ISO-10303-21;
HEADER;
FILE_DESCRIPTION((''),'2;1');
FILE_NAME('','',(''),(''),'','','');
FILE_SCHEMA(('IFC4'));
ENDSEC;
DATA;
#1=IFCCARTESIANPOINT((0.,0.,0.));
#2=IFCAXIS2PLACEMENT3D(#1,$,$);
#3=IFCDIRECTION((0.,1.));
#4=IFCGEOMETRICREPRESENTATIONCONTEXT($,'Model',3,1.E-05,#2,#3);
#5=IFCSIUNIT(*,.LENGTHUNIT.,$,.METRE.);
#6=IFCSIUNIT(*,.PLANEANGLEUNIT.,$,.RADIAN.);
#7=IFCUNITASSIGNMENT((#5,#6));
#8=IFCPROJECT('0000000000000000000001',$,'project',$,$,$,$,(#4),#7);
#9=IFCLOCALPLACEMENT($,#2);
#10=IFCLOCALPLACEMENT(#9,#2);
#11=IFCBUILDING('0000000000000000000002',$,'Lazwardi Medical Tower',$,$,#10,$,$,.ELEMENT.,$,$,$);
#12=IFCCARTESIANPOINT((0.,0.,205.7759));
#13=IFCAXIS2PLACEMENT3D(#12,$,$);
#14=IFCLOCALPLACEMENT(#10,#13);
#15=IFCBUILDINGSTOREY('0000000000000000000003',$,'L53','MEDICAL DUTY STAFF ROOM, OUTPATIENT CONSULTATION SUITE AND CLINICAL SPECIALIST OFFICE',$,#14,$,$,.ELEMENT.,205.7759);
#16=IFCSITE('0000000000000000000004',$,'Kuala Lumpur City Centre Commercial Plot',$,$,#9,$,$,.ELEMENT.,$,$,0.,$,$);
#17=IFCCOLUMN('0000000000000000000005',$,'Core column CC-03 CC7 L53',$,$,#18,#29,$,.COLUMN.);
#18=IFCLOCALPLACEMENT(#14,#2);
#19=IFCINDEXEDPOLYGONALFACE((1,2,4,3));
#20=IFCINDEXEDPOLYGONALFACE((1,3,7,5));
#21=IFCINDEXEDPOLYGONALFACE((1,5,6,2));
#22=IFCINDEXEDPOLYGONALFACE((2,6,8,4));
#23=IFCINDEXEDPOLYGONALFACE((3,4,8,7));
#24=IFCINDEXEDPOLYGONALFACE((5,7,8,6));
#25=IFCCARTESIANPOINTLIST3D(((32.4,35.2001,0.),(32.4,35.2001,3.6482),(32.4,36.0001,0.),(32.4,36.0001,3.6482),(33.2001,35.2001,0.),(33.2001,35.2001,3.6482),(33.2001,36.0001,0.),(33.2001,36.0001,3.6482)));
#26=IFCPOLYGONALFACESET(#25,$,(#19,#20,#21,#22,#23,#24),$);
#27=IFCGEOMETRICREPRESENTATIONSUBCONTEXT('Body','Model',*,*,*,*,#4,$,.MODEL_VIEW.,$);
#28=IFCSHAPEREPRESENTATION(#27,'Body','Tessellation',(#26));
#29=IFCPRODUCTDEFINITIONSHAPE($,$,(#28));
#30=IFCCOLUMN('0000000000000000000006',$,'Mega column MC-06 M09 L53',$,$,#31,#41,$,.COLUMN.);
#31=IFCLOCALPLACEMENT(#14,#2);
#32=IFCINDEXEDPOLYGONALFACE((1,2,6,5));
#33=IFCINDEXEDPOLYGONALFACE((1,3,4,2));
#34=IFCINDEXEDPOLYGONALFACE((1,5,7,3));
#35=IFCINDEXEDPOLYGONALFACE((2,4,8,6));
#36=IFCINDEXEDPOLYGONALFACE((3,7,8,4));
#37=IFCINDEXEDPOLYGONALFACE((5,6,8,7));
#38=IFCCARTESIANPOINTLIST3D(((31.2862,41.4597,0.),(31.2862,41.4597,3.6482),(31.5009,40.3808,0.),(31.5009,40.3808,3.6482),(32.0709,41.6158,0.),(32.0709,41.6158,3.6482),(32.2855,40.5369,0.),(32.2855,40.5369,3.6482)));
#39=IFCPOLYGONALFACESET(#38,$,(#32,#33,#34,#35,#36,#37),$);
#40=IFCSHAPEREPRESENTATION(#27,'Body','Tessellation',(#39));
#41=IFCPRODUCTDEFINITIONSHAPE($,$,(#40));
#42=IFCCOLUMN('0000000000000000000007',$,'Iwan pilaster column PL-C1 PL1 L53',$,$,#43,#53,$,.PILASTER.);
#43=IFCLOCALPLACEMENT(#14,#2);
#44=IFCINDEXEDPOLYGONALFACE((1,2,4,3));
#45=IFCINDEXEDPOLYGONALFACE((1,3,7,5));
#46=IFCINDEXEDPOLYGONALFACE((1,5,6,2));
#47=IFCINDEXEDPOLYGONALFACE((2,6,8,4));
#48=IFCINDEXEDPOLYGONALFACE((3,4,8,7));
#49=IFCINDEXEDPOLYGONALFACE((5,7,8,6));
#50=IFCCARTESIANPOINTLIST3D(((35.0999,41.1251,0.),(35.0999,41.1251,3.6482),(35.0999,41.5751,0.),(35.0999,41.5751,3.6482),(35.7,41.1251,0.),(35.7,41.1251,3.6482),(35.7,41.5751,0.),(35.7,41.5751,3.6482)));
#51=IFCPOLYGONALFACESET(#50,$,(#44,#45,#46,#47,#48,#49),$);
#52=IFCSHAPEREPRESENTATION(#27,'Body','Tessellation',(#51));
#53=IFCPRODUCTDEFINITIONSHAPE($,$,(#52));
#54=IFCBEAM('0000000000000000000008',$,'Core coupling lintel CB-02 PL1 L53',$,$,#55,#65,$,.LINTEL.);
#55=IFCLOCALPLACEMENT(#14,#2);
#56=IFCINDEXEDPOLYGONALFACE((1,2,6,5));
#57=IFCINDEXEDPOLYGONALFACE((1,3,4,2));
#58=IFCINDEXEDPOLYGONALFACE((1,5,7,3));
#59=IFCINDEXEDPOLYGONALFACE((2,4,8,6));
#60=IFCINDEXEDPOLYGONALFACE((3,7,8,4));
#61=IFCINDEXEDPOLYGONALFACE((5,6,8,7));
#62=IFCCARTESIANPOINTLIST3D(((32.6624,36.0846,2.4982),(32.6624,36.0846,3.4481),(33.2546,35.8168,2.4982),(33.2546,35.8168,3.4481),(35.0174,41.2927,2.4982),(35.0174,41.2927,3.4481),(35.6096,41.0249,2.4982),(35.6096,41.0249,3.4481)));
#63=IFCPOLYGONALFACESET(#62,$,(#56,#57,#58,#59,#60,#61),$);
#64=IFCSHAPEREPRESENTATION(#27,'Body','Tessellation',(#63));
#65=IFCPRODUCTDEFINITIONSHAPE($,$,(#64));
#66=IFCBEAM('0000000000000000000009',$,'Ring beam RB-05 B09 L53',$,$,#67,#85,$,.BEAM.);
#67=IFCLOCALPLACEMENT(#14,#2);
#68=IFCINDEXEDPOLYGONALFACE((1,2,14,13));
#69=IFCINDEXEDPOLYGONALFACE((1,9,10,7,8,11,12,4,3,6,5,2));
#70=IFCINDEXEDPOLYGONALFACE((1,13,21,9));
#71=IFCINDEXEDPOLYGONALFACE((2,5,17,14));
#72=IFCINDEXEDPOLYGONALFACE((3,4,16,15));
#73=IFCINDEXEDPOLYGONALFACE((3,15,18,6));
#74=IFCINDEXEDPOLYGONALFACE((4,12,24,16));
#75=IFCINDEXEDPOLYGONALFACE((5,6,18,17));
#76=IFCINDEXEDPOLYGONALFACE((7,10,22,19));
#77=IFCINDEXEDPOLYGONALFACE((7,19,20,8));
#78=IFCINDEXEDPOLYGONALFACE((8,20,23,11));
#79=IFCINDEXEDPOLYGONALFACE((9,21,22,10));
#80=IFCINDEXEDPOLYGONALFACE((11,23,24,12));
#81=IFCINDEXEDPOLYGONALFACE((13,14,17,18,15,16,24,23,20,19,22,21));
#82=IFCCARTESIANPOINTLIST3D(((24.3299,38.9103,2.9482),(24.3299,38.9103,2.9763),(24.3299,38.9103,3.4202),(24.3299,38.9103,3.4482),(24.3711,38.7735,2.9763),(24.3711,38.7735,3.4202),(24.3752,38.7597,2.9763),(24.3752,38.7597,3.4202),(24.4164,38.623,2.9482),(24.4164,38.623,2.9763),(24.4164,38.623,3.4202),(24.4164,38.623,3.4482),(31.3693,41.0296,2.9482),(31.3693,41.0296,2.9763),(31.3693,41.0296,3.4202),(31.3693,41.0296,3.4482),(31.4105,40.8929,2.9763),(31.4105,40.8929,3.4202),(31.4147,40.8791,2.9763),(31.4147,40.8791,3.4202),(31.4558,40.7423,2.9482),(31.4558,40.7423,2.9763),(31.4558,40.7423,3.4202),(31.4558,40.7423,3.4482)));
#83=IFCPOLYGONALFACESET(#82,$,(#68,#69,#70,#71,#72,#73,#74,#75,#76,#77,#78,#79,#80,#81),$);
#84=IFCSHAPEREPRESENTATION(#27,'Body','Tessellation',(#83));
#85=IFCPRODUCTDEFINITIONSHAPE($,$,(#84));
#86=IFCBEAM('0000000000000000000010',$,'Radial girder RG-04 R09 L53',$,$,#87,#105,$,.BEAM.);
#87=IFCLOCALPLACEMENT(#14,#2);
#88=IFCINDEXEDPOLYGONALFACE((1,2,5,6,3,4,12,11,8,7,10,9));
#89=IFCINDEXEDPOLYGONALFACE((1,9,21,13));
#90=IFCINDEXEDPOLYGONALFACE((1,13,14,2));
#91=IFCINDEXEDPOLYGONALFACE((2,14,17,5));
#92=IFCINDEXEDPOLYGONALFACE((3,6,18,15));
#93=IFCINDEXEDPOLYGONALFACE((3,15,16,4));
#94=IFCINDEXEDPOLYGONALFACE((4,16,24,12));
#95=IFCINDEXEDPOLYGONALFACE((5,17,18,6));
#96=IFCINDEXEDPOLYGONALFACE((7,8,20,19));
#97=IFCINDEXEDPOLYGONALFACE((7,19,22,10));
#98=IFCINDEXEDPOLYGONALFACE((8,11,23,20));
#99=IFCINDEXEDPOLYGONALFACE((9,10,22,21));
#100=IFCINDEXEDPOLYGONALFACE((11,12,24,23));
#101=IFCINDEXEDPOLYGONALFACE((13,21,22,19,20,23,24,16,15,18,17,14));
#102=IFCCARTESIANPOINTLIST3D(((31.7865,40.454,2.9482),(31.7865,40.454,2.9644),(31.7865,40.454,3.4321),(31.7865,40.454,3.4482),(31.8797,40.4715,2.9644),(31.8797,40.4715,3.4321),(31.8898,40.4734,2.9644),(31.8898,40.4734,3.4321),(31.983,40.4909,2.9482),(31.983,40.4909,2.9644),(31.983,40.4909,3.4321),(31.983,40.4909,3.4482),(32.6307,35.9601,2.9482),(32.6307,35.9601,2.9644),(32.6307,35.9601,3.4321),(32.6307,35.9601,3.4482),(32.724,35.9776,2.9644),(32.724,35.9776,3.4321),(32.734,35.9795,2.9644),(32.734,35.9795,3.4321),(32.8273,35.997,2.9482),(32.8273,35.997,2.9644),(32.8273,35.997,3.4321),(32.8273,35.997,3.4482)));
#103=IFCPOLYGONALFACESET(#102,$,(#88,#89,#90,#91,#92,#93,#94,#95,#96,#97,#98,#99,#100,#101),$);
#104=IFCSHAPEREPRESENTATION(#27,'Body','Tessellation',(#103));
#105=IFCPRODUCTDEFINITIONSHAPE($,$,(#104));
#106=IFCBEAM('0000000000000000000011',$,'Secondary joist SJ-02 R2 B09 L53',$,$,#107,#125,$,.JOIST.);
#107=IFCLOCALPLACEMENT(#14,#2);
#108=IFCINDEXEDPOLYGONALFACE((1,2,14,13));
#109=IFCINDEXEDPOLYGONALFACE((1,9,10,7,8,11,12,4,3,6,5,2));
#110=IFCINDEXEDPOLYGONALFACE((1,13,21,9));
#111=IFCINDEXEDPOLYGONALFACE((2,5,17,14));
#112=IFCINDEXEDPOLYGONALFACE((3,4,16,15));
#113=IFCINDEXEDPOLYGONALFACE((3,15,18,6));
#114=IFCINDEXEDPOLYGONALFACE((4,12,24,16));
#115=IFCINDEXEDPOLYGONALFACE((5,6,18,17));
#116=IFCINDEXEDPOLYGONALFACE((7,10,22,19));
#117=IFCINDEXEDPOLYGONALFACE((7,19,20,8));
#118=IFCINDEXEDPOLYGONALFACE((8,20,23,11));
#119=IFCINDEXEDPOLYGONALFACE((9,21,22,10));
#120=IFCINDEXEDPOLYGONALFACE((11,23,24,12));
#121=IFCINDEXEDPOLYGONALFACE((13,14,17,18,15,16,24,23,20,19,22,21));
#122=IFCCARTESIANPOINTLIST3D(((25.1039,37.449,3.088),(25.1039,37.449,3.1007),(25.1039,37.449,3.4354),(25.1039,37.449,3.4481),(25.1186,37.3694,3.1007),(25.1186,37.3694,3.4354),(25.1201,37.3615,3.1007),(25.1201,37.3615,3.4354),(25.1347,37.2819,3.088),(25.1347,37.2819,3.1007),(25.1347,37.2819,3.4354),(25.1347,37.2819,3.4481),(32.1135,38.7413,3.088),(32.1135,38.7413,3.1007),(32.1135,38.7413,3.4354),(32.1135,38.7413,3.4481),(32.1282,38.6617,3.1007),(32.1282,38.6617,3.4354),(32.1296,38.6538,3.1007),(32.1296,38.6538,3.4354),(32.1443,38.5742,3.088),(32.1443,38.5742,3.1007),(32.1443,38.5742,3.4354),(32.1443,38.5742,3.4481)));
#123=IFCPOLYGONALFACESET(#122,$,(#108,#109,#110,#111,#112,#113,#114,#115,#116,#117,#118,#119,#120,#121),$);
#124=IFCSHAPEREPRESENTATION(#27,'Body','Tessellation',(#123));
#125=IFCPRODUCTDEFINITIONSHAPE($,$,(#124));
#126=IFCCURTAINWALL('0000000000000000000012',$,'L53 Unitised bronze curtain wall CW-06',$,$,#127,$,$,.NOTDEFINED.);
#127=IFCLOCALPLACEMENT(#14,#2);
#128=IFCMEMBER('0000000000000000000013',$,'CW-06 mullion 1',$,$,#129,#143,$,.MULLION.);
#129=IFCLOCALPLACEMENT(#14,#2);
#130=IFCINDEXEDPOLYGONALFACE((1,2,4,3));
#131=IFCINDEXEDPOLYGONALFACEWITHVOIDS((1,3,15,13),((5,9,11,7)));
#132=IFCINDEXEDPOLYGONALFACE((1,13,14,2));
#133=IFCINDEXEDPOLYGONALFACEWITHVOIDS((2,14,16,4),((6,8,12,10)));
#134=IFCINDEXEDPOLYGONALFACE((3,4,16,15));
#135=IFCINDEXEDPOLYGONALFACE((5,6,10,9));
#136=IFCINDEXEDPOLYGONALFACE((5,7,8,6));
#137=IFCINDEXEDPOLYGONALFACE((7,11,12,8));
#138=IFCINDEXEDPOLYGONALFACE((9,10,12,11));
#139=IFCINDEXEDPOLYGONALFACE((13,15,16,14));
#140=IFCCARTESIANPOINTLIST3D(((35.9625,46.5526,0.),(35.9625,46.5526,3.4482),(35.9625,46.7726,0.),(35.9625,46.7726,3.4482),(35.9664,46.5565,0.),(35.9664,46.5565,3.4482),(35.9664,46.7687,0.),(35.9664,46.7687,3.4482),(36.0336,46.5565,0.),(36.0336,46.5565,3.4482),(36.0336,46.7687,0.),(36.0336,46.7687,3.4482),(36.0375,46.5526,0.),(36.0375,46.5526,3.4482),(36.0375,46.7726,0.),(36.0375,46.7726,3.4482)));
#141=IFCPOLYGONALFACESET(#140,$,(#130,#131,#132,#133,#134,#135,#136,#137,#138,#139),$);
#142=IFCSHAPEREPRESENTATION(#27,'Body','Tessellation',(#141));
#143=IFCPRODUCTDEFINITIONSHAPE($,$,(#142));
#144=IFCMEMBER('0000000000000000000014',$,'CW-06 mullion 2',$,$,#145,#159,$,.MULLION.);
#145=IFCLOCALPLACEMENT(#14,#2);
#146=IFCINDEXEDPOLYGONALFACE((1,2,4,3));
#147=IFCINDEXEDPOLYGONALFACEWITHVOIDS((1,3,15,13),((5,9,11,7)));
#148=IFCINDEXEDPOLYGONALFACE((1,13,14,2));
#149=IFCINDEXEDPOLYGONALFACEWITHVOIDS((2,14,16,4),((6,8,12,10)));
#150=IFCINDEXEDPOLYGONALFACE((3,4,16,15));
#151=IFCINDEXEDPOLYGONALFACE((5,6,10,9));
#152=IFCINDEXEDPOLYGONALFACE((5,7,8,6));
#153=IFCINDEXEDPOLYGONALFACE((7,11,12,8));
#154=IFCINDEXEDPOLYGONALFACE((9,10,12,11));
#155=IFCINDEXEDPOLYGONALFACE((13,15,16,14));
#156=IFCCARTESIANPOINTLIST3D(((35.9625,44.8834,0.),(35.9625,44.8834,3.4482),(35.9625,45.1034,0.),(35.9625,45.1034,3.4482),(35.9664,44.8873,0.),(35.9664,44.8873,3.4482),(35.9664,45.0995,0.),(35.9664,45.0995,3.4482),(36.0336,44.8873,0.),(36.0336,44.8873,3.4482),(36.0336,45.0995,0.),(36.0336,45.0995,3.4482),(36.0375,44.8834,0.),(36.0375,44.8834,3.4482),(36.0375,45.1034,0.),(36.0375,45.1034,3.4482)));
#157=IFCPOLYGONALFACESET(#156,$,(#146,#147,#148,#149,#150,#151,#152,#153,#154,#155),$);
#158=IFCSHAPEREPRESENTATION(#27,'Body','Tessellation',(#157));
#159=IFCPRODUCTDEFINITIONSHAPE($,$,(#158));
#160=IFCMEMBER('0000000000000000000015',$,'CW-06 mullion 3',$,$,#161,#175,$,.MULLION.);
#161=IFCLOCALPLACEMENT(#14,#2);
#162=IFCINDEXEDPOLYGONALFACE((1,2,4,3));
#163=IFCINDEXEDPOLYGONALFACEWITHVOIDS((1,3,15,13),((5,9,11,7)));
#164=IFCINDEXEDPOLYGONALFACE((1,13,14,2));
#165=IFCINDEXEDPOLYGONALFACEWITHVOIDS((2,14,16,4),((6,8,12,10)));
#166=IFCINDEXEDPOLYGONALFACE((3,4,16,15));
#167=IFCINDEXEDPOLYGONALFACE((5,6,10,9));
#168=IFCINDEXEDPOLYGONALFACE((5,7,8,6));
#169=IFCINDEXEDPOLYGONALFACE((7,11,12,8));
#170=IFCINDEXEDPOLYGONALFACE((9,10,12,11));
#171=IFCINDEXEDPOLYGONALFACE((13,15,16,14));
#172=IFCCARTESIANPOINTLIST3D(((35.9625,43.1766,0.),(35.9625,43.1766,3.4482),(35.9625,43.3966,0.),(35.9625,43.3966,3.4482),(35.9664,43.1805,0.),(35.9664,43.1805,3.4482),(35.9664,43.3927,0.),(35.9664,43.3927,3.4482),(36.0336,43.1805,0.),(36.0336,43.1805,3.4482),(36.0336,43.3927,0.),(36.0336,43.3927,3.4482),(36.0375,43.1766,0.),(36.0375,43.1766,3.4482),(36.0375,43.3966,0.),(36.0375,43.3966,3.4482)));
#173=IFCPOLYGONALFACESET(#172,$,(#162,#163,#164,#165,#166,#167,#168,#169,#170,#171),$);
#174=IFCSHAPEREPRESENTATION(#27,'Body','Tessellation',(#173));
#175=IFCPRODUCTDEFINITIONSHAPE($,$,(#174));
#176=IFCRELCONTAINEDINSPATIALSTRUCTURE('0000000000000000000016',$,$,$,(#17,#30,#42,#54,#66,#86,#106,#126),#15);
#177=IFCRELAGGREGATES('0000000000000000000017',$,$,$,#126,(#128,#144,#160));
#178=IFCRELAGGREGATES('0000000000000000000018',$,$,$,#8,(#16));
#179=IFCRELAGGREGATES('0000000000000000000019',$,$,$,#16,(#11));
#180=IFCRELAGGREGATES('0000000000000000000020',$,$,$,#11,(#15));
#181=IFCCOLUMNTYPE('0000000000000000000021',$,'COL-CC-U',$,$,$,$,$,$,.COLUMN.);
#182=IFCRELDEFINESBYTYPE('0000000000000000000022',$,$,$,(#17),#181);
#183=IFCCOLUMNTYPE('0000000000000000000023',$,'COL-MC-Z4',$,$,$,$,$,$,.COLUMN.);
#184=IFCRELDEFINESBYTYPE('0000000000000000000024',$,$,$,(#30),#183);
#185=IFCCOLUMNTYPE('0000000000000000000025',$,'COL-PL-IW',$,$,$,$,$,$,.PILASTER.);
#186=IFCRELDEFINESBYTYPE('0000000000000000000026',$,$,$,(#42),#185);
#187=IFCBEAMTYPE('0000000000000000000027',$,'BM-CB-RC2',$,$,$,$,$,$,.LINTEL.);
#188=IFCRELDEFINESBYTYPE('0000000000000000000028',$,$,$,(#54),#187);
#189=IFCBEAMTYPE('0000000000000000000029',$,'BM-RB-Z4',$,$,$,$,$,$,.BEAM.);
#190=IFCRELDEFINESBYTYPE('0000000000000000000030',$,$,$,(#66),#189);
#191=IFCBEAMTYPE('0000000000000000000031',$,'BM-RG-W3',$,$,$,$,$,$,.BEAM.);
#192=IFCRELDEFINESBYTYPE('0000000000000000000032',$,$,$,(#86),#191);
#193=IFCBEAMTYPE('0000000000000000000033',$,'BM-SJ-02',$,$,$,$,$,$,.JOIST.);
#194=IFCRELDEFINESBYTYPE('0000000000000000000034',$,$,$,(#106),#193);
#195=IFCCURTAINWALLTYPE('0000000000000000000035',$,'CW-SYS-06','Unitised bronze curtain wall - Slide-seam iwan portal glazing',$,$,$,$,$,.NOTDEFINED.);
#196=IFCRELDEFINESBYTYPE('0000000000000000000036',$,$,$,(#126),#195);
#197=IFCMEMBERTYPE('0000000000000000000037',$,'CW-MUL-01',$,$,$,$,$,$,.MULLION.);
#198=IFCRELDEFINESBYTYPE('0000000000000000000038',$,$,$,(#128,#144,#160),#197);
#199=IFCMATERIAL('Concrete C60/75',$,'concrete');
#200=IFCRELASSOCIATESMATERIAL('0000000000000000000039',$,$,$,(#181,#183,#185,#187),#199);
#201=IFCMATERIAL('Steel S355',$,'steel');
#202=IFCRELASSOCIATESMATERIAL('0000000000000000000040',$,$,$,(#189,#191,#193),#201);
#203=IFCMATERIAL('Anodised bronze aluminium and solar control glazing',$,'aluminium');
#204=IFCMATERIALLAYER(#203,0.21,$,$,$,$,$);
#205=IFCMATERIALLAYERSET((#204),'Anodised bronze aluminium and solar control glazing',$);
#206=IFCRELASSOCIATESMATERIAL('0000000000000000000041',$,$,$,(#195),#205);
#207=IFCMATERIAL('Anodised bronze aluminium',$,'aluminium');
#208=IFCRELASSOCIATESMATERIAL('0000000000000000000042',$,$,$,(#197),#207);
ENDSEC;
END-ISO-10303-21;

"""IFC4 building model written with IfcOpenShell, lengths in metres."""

from ifc_helpers import new_model, si_unit, direction, frame, origin, origin_2d, place, context, subcontext, project, spatial, rectangle, hollow_rectangle, i_section, extrude, material, layer, layer_set, material_profile, profile_set, type_object, element, aggregate, save


model = new_model("IFC4")

# Units and contexts
model_context = context("Model", 3, precision=1e-05, world=origin(), true_north=direction((0.0, 1.0)))
body_context = subcontext(model_context, "Body", "Model", "MODEL_VIEW")
ifc_project = project(units=[si_unit("LENGTHUNIT", "METRE"), si_unit("PLANEANGLEUNIT", "RADIAN")], contexts=[model_context])

# Site, building, storey
site_placement = place(None, origin())
site = spatial("IfcSite", under=ifc_project, at=site_placement, Name="Kuala Lumpur City Centre Commercial Plot", CompositionType="ELEMENT", RefElevation=0.0)
building_placement = place(site_placement, origin())
building = spatial("IfcBuilding", under=site, at=building_placement, Name="Lazwardi Medical Tower", CompositionType="ELEMENT")
storey_placement = place(building_placement, frame((0.0, 0.0, 205.7759)))
storey = spatial("IfcBuildingStorey", under=building, at=storey_placement, Name="L53", Description="MEDICAL DUTY STAFF ROOM, OUTPATIENT CONSULTATION SUITE AND CLINICAL SPECIALIST OFFICE", CompositionType="ELEMENT", Elevation=205.7759)

# Columns
ifc_material_1 = material(Name="Concrete C60/75", Category="concrete")
ifc_material_profile_1 = material_profile(ifc_material_1, rectangle(XDim=0.8, YDim=0.8, at=origin_2d()), Name="RC 800x800")
ifc_profile_set_1 = profile_set([ifc_material_profile_1], Name="Concrete C60/75")
column_type_1 = type_object("IfcColumnType", Name="COL-CC-U", PredefinedType="COLUMN", material=ifc_profile_set_1)
column_1_placement = place(storey_placement, frame((32.8, 35.6001, 0.0), z_axis=(0.0, 0.0, 1.0), x_axis=(1.0, 0.0, 0.0)))
element("IfcColumn", 1, at=column_1_placement, inside=storey, type_object=column_type_1, Name="Core column CC-03 CC7 L53", PredefinedType="COLUMN", context=body_context, shape_type="SweptSolid", body=[
    extrude(rectangle(XDim=0.8, YDim=0.8, at=origin_2d()), origin(), (0.0, 0.0, 1.0), 3.6482),
])
ifc_material_profile_2 = material_profile(ifc_material_1, rectangle(XDim=1.1001, YDim=0.8, at=origin_2d()), Name="CFT-RECT 1100x800")
ifc_profile_set_2 = profile_set([ifc_material_profile_2], Name="Concrete C60/75")
column_type_2 = type_object("IfcColumnType", Name="COL-MC-Z4", PredefinedType="COLUMN", material=ifc_profile_set_2)
column_2_placement = place(storey_placement, frame((31.7859, 40.9983, 0.0), z_axis=(0.0, 0.0, 1.0), x_axis=(-0.19509, 0.980785, 0.0)))
element("IfcColumn", 2, at=column_2_placement, inside=storey, type_object=column_type_2, Name="Mega column MC-06 M09 L53", PredefinedType="COLUMN", context=body_context, shape_type="SweptSolid", body=[
    extrude(rectangle(XDim=1.1001, YDim=0.8, at=origin_2d()), origin(), (0.0, 0.0, 1.0), 3.6482),
])
ifc_material_profile_3 = material_profile(ifc_material_1, rectangle(XDim=0.6001, YDim=0.45, at=origin_2d()), Name="RC 600x450")
ifc_profile_set_3 = profile_set([ifc_material_profile_3], Name="Concrete C60/75")
column_type_3 = type_object("IfcColumnType", Name="COL-PL-IW", PredefinedType="PILASTER", material=ifc_profile_set_3)
column_3_placement = place(storey_placement, frame((35.3999, 41.3501, 0.0), z_axis=(0.0, 0.0, 1.0), x_axis=(1.0, 0.0, 0.0)))
element("IfcColumn", 3, at=column_3_placement, inside=storey, type_object=column_type_3, Name="Iwan pilaster column PL-C1 PL1 L53", PredefinedType="PILASTER", context=body_context, shape_type="SweptSolid", body=[
    extrude(rectangle(XDim=0.6001, YDim=0.45, at=origin_2d()), origin(), (0.0, 0.0, 1.0), 3.6482),
])

# Beams
ifc_material_profile_4 = material_profile(ifc_material_1, rectangle(XDim=0.6499, YDim=0.95, at=origin_2d()), Name="RC 650x950")
ifc_profile_set_4 = profile_set([ifc_material_profile_4], Name="Concrete C60/75")
beam_type_1 = type_object("IfcBeamType", Name="BM-CB-RC2", PredefinedType="LINTEL", material=ifc_profile_set_4)
beam_1_placement = place(storey_placement, frame((32.9585, 35.9507, 2.9731), z_axis=(0.412019, 0.911175, 0.0), x_axis=(-0.911175, 0.412019, 0.0)))
element("IfcBeam", 4, at=beam_1_placement, inside=storey, type_object=beam_type_1, Name="Core coupling lintel CB-02 PL1 L53", PredefinedType="LINTEL", context=body_context, shape_type="SweptSolid", body=[
    extrude(rectangle(XDim=0.6499, YDim=0.95, at=origin_2d()), origin(), (0.0, 0.0, 1.0), 5.7158),
])
ifc_material_2 = material(Name="Steel S355", Category="steel")
ifc_material_profile_5 = material_profile(ifc_material_2, i_section(OverallWidth=0.3, OverallDepth=0.5, WebThickness=0.0144, FlangeThickness=0.0281, at=origin_2d()), Name="HEB 500")
ifc_profile_set_5 = profile_set([ifc_material_profile_5], Name="Steel S355")
beam_type_2 = type_object("IfcBeamType", Name="BM-RB-Z4", PredefinedType="BEAM", material=ifc_profile_set_5)
beam_2_placement = place(storey_placement, frame((31.4126, 40.886, 3.1982), z_axis=(-0.957544, -0.288286, 0.0), x_axis=(0.288286, -0.957544, 0.0)))
element("IfcBeam", 5, at=beam_2_placement, inside=storey, type_object=beam_type_2, Name="Ring beam RB-05 B09 L53", PredefinedType="BEAM", context=body_context, shape_type="SweptSolid", body=[
    extrude(i_section(OverallWidth=0.3, OverallDepth=0.5, WebThickness=0.0144, FlangeThickness=0.0281, at=origin_2d()), origin(), (0.0, 0.0, 1.0), 7.3516),
])
ifc_material_profile_6 = material_profile(ifc_material_2, i_section(OverallWidth=0.2, OverallDepth=0.5, WebThickness=0.0103, FlangeThickness=0.0161, at=origin_2d()), Name="IPE 500")
ifc_profile_set_6 = profile_set([ifc_material_profile_6], Name="Steel S355")
beam_type_3 = type_object("IfcBeamType", Name="BM-RG-W3", PredefinedType="BEAM", material=ifc_profile_set_6)
beam_3_placement = place(storey_placement, frame((31.8848, 40.4724, 3.1982), z_axis=(0.184633, -0.982807, 0.0), x_axis=(0.982807, 0.184633, 0.0)))
element("IfcBeam", 6, at=beam_3_placement, inside=storey, type_object=beam_type_3, Name="Radial girder RG-04 R09 L53", PredefinedType="BEAM", context=body_context, shape_type="SweptSolid", body=[
    extrude(i_section(OverallWidth=0.2, OverallDepth=0.5, WebThickness=0.0103, FlangeThickness=0.0161, at=origin_2d()), origin(), (0.0, 0.0, 1.0), 4.5725),
])
ifc_material_profile_7 = material_profile(ifc_material_2, i_section(OverallWidth=0.1699, OverallDepth=0.3601, WebThickness=0.0081, FlangeThickness=0.0127, at=origin_2d()), Name="IPE 360")
ifc_profile_set_7 = profile_set([ifc_material_profile_7], Name="Steel S355")
beam_type_4 = type_object("IfcBeamType", Name="BM-SJ-02", PredefinedType="JOIST", material=ifc_profile_set_7)
beam_4_placement = place(storey_placement, frame((32.1289, 38.6577, 3.2681), z_axis=(-0.983428, -0.181299, 0.0), x_axis=(0.181299, -0.983428, 0.0)))
element("IfcBeam", 7, at=beam_4_placement, inside=storey, type_object=beam_type_4, Name="Secondary joist SJ-02 R2 B09 L53", PredefinedType="JOIST", context=body_context, shape_type="SweptSolid", body=[
    extrude(i_section(OverallWidth=0.1699, OverallDepth=0.3601, WebThickness=0.0081, FlangeThickness=0.0127, at=origin_2d()), origin(), (0.0, 0.0, 1.0), 7.1277),
])

# Curtain wall, members
ifc_material_3 = material(Name="Anodised bronze aluminium and solar control glazing", Category="aluminium")
ifc_layer_1 = layer(ifc_material_3, 0.21)
ifc_layer_set_1 = layer_set([ifc_layer_1], Name="Anodised bronze aluminium and solar control glazing")
curtain_wall_type_1 = type_object("IfcCurtainWallType", Name="CW-SYS-06", Description="Unitised bronze curtain wall - Slide-seam iwan portal glazing", PredefinedType="NOTDEFINED", material=ifc_layer_set_1)
curtain_wall_1_placement = place(storey_placement, origin())
curtain_wall_1 = element("IfcCurtainWall", 8, at=curtain_wall_1_placement, inside=storey, type_object=curtain_wall_type_1, Name="L53 Unitised bronze curtain wall CW-06", PredefinedType="NOTDEFINED")
ifc_material_4 = material(Name="Anodised bronze aluminium", Category="aluminium")
ifc_material_profile_8 = material_profile(ifc_material_4, hollow_rectangle(XDim=0.075, YDim=0.22, WallThickness=0.0039, at=origin_2d()), Name="ALU-MULLION 220x75x4")
ifc_profile_set_8 = profile_set([ifc_material_profile_8], Name="Anodised bronze aluminium")
member_type_1 = type_object("IfcMemberType", Name="CW-MUL-01", PredefinedType="MULLION", material=ifc_profile_set_8)
member_1_placement = place(storey_placement, frame((36.0, 46.6626, 0.0), z_axis=(0.0, 0.0, 1.0), x_axis=(1.0, 0.0, 0.0)))
member_1 = element("IfcMember", 9, at=member_1_placement, type_object=member_type_1, Name="CW-06 mullion 1", PredefinedType="MULLION", context=body_context, shape_type="SweptSolid", body=[
    extrude(hollow_rectangle(XDim=0.075, YDim=0.22, WallThickness=0.0039, at=origin_2d()), origin(), (0.0, 0.0, 1.0), 3.4482),
])
member_2_placement = place(storey_placement, frame((36.0, 44.9934, 0.0), z_axis=(0.0, 0.0, 1.0), x_axis=(1.0, 0.0, 0.0)))
member_2 = element("IfcMember", 10, at=member_2_placement, type_object=member_type_1, Name="CW-06 mullion 2", PredefinedType="MULLION", context=body_context, shape_type="SweptSolid", body=[
    extrude(hollow_rectangle(XDim=0.075, YDim=0.22, WallThickness=0.0039, at=origin_2d()), origin(), (0.0, 0.0, 1.0), 3.4482),
])
member_3_placement = place(storey_placement, frame((36.0, 43.2866, 0.0), z_axis=(0.0, 0.0, 1.0), x_axis=(1.0, 0.0, 0.0)))
member_3 = element("IfcMember", 11, at=member_3_placement, type_object=member_type_1, Name="CW-06 mullion 3", PredefinedType="MULLION", context=body_context, shape_type="SweptSolid", body=[
    extrude(hollow_rectangle(XDim=0.075, YDim=0.22, WallThickness=0.0039, at=origin_2d()), origin(), (0.0, 0.0, 1.0), 3.4482),
])

aggregate(curtain_wall_1, [member_1, member_2, member_3])

save(model, "model.ifc")
